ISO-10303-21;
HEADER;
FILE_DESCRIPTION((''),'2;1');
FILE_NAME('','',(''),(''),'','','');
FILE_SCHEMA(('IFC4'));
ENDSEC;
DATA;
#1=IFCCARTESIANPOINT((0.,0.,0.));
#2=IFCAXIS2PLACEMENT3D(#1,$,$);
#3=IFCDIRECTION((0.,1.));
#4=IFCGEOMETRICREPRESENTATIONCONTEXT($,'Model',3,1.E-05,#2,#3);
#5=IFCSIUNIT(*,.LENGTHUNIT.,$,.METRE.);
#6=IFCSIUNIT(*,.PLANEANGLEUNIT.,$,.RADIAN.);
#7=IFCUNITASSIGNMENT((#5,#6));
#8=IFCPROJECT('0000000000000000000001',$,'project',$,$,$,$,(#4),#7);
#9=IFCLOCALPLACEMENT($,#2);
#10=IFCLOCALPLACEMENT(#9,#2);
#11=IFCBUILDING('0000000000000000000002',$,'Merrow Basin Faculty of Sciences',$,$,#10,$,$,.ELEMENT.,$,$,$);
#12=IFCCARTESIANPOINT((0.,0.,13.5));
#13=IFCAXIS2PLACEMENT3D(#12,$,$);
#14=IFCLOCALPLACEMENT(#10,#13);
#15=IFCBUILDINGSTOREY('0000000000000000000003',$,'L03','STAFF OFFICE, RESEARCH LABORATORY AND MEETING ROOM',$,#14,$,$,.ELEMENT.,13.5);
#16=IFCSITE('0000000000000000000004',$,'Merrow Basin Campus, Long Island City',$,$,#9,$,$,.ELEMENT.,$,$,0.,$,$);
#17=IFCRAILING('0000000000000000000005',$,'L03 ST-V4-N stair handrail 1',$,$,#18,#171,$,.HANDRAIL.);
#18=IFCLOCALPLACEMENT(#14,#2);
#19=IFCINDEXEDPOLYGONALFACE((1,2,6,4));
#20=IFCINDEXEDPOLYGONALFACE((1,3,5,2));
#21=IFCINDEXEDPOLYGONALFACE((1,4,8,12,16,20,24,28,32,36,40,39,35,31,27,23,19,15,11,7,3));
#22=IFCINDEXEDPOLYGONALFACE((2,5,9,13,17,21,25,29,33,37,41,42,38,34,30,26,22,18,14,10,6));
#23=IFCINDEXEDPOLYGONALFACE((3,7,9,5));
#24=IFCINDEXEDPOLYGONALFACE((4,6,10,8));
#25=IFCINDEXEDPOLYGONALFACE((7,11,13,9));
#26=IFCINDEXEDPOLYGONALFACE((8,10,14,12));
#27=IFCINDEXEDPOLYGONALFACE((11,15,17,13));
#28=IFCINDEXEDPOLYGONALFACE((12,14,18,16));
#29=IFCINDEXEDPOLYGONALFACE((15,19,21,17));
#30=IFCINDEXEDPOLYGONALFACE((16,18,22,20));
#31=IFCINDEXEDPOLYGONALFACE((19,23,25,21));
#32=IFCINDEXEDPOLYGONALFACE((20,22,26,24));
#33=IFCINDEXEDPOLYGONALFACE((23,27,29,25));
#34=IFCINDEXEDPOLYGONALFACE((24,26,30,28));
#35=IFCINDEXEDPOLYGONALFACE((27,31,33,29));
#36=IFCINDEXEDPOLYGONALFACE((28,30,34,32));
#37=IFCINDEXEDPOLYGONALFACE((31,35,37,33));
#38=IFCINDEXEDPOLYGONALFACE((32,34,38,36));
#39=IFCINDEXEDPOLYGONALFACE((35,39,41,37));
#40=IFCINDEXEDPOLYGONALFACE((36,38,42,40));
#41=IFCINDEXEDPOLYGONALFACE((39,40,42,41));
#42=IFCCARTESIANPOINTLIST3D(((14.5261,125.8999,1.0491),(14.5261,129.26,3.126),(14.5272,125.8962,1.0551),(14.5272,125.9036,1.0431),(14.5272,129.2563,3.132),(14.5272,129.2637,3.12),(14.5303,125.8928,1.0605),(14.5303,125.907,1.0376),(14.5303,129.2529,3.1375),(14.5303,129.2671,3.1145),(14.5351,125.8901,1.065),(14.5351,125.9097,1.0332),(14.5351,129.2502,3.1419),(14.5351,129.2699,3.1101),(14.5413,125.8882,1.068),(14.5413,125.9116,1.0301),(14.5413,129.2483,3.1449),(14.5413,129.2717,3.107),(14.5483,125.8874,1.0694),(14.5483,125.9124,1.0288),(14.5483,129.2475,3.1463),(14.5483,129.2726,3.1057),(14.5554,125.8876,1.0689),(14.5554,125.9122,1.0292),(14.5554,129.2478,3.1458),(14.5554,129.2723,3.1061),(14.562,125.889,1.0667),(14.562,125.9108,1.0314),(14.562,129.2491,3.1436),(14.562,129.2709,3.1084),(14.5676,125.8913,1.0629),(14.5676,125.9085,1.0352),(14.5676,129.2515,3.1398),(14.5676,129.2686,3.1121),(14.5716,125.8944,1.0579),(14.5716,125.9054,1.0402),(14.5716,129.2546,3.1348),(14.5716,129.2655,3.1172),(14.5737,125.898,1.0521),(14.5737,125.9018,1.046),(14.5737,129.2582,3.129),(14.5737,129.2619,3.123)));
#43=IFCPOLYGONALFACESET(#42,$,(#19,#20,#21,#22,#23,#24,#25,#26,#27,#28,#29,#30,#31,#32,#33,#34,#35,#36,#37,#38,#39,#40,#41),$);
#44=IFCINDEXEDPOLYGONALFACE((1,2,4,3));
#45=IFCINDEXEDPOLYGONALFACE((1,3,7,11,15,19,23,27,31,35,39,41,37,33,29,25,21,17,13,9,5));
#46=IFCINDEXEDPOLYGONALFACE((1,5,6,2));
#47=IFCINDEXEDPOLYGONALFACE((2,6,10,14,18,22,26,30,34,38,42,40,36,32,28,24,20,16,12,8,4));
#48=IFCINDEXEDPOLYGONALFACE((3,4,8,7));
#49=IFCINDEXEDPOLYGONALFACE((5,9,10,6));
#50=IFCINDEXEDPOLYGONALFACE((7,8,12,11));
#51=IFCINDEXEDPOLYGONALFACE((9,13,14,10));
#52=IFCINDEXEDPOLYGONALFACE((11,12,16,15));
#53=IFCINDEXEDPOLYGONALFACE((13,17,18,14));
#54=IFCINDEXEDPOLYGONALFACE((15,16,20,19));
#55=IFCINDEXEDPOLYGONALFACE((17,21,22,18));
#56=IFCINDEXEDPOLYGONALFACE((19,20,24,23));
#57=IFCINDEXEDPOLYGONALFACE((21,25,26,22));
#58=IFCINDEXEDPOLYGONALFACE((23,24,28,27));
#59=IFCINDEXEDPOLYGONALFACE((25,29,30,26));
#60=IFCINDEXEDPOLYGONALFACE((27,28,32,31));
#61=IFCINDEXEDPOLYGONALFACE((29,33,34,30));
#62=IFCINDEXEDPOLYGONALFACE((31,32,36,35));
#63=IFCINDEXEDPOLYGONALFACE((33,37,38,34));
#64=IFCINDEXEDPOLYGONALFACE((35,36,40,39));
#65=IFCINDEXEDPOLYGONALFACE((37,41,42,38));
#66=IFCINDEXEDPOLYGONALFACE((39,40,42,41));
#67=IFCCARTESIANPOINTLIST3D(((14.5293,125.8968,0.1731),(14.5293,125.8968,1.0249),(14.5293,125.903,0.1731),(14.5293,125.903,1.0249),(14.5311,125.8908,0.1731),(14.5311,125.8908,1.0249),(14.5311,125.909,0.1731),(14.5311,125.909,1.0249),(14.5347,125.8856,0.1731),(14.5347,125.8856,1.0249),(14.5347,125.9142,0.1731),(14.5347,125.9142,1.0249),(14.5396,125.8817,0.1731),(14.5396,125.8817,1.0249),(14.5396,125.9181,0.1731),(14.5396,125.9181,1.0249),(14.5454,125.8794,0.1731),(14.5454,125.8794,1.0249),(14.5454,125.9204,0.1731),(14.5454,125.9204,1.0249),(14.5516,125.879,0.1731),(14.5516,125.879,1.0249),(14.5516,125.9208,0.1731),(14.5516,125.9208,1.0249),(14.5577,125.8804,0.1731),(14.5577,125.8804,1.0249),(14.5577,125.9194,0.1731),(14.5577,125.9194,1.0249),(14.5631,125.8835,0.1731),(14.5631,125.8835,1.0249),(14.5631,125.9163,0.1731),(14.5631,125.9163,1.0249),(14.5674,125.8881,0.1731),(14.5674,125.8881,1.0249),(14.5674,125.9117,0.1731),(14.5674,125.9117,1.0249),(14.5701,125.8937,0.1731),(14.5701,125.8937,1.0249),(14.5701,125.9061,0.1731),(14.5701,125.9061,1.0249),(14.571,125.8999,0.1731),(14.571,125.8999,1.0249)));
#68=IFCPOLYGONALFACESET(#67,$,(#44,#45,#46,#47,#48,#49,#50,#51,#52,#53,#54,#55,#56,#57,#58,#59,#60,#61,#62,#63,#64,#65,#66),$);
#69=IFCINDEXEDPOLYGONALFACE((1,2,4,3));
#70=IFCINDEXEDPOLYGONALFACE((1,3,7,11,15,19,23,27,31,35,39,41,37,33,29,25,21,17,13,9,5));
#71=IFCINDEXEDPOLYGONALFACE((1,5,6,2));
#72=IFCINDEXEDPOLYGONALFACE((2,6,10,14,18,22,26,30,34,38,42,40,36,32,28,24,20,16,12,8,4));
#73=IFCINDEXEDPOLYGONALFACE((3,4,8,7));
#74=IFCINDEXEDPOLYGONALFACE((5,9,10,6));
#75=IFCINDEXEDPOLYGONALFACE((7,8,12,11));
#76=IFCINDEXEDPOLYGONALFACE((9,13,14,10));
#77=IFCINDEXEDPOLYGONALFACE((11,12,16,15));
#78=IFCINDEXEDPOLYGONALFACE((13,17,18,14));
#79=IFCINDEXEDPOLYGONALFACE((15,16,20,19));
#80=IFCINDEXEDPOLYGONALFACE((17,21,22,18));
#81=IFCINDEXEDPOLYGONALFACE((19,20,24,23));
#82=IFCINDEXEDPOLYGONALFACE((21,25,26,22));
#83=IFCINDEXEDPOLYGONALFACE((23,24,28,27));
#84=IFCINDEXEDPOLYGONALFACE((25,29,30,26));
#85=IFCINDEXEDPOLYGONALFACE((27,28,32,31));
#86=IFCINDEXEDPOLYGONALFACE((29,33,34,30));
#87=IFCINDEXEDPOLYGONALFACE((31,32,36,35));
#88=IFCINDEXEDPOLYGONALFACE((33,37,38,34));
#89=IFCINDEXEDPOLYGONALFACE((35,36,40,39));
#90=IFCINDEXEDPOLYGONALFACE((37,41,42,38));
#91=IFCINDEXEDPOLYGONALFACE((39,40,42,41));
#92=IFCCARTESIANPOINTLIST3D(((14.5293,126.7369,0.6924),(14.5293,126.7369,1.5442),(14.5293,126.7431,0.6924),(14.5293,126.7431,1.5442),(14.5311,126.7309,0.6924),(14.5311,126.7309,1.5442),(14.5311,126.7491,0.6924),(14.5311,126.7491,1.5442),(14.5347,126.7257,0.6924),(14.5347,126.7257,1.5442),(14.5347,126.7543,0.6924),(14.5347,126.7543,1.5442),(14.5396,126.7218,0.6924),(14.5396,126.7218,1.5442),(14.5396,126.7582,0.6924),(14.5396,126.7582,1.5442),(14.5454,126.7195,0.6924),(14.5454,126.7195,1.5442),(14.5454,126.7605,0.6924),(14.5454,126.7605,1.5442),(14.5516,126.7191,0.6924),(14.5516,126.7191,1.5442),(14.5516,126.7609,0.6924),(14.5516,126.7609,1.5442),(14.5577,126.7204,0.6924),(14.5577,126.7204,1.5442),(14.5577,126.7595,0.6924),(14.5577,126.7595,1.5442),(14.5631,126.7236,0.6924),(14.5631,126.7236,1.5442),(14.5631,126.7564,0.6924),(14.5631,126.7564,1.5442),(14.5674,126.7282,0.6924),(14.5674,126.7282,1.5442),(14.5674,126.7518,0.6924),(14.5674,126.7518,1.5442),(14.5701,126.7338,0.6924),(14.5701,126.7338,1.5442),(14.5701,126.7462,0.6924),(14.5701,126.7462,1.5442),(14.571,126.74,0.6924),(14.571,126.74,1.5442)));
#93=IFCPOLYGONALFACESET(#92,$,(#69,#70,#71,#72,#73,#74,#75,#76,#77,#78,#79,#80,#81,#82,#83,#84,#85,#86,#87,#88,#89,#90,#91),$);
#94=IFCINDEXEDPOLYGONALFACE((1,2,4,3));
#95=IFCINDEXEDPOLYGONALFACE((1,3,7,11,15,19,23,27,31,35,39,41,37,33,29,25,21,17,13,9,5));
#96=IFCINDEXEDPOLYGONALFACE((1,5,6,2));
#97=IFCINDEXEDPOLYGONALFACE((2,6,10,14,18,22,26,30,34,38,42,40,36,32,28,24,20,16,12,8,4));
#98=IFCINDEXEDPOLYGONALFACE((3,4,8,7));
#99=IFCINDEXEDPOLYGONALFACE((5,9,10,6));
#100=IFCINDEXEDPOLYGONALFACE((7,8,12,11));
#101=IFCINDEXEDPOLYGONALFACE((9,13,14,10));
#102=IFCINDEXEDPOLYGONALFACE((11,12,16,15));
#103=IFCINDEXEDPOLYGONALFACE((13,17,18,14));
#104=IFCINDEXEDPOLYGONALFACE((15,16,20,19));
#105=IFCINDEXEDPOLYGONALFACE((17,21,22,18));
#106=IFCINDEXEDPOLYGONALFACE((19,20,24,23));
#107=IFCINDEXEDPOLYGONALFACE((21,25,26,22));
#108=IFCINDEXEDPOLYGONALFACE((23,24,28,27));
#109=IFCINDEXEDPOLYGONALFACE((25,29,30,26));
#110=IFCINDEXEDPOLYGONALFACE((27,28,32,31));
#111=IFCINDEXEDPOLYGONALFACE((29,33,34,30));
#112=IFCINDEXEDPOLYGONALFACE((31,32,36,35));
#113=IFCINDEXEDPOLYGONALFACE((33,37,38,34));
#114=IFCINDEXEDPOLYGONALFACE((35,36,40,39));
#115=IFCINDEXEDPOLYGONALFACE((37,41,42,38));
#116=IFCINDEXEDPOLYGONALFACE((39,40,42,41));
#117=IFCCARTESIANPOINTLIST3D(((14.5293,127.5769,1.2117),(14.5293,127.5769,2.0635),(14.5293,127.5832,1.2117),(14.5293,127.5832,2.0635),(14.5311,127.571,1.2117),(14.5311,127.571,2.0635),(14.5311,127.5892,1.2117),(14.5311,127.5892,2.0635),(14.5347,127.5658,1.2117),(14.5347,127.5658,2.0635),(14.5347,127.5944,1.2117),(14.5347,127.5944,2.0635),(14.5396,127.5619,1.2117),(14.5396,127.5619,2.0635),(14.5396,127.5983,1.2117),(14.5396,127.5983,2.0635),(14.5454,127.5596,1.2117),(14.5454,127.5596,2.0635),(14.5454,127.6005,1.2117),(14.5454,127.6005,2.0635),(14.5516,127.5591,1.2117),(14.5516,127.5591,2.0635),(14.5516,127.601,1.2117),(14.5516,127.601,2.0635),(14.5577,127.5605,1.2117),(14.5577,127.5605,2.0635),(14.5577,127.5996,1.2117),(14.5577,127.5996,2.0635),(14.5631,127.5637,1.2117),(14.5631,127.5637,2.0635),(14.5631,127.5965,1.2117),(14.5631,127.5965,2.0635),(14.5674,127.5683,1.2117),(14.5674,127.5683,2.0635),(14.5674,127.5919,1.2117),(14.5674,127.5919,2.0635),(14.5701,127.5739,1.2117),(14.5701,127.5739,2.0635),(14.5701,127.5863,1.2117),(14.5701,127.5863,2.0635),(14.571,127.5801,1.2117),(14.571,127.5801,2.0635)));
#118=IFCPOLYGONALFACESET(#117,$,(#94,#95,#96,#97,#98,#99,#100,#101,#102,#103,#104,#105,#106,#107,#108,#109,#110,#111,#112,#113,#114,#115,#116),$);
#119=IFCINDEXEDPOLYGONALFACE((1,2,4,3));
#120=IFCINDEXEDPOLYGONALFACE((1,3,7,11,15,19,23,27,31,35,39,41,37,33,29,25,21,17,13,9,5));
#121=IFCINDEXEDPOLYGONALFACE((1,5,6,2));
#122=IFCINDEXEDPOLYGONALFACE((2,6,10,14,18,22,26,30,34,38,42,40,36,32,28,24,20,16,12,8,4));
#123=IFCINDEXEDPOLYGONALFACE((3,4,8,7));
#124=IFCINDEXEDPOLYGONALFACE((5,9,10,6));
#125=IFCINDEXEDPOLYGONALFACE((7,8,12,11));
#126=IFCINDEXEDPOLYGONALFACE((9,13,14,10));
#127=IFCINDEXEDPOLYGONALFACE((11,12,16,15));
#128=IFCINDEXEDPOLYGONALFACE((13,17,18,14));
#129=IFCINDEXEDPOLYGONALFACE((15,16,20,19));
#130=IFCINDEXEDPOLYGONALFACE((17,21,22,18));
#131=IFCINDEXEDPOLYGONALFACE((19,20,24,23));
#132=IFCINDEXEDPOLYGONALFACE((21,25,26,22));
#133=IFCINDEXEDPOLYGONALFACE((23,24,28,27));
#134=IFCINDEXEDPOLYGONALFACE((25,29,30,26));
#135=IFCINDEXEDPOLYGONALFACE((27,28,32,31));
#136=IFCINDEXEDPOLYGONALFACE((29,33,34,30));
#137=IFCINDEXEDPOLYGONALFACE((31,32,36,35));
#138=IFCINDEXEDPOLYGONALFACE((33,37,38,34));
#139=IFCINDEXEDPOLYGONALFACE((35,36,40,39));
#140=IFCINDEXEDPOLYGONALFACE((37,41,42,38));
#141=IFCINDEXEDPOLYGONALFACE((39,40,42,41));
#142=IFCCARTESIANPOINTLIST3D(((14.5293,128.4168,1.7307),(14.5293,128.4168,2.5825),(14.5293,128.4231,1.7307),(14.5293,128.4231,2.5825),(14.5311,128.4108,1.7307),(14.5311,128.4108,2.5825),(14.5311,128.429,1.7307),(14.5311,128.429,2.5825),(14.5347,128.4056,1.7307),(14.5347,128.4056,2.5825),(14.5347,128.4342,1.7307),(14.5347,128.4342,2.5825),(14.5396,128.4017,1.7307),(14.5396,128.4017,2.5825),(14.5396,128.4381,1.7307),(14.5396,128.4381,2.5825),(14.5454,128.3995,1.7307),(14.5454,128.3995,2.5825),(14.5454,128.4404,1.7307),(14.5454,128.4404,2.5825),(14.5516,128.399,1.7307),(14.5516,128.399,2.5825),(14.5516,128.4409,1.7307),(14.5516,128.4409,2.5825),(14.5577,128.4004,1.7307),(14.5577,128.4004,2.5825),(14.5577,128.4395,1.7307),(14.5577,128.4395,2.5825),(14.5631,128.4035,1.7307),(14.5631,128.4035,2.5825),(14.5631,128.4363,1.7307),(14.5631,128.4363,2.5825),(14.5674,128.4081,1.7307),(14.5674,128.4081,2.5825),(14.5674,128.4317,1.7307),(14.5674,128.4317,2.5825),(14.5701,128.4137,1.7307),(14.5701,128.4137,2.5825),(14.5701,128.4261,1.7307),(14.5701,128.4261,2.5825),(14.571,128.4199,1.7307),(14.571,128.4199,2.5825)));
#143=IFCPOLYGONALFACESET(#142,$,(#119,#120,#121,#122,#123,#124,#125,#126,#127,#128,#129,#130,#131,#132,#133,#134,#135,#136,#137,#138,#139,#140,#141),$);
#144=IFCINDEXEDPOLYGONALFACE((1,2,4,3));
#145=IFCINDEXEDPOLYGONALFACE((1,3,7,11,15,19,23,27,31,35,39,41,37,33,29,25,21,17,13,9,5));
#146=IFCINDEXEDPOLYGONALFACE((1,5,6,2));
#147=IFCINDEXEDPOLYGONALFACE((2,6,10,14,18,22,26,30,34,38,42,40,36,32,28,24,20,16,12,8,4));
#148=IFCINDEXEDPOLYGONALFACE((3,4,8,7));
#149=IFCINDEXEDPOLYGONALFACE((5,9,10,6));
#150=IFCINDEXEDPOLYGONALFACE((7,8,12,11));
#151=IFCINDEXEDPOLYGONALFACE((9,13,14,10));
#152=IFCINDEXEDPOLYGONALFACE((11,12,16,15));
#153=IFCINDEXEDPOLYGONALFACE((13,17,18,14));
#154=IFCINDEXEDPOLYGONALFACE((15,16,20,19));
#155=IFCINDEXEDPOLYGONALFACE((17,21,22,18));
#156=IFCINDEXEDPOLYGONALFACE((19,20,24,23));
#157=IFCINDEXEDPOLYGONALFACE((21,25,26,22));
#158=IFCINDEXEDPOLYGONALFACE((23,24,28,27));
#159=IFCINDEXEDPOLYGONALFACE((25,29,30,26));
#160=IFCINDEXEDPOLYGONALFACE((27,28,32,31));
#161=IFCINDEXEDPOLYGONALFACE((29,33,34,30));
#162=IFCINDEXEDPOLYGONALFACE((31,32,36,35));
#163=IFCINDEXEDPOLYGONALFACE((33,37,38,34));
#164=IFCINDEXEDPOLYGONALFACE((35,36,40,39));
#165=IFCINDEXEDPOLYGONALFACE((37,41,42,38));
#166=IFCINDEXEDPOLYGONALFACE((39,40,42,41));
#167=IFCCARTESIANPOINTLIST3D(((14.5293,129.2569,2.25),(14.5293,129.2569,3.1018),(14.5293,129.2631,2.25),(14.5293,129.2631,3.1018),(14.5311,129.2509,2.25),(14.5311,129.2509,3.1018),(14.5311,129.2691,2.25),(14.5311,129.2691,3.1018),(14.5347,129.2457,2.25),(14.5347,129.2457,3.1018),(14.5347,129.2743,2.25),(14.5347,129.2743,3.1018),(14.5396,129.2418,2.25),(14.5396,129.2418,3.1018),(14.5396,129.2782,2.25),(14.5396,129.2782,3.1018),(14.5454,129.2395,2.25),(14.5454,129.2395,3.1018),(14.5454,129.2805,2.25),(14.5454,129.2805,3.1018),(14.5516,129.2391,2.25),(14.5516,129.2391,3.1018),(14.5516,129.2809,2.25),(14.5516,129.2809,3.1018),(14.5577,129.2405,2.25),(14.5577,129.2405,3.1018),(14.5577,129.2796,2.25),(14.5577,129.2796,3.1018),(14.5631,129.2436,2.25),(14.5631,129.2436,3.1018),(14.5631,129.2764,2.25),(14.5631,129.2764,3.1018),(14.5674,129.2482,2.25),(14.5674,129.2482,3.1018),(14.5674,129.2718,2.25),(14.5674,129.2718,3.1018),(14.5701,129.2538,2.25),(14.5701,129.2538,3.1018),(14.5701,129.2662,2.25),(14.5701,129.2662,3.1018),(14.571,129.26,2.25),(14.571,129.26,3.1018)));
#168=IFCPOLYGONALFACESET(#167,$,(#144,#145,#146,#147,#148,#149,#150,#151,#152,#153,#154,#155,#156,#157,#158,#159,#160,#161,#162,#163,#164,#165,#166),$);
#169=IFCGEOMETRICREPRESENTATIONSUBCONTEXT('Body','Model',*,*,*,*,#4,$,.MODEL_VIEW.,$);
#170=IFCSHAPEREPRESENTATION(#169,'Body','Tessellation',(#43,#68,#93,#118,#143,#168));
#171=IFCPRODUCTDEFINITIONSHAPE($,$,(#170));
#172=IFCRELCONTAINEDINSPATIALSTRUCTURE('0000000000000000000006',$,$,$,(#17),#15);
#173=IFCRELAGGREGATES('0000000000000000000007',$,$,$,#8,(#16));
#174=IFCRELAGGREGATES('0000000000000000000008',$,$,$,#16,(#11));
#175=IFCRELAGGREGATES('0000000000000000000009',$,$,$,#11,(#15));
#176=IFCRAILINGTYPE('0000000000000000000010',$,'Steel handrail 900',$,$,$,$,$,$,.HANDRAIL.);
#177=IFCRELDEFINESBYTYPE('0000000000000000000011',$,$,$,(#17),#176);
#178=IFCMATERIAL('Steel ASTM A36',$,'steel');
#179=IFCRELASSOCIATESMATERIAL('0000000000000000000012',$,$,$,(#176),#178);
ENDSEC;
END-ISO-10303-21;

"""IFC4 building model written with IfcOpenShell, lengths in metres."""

from ifc_helpers import new_model, si_unit, direction, frame, origin, origin_2d, place, context, subcontext, project, spatial, circle, extrude, material, type_object, element, save


model = new_model("IFC4")

# Units and contexts
model_context = context("Model", 3, precision=1e-05, world=origin(), true_north=direction((0.0, 1.0)))
body_context = subcontext(model_context, "Body", "Model", "MODEL_VIEW")
ifc_project = project(units=[si_unit("LENGTHUNIT", "METRE"), si_unit("PLANEANGLEUNIT", "RADIAN")], contexts=[model_context])

# Site, building, storey
site_placement = place(None, origin())
site = spatial("IfcSite", under=ifc_project, at=site_placement, Name="Merrow Basin Campus, Long Island City", CompositionType="ELEMENT", RefElevation=0.0)
building_placement = place(site_placement, origin())
building = spatial("IfcBuilding", under=site, at=building_placement, Name="Merrow Basin Faculty of Sciences", CompositionType="ELEMENT")
storey_placement = place(building_placement, frame((0.0, 0.0, 13.5)))
storey = spatial("IfcBuildingStorey", under=building, at=storey_placement, Name="L03", Description="STAFF OFFICE, RESEARCH LABORATORY AND MEETING ROOM", CompositionType="ELEMENT", Elevation=13.5)

# Railing
ifc_material_1 = material(Name="Steel ASTM A36", Category="steel")
railing_type_1 = type_object("IfcRailingType", Name="Steel handrail 900", PredefinedType="HANDRAIL", material=ifc_material_1)
railing_1_placement = place(storey_placement, frame((14.55, 125.8999, 0.1731)))
element("IfcRailing", 1, at=railing_1_placement, inside=storey, type_object=railing_type_1, Name="L03 ST-V4-N stair handrail 1", PredefinedType="HANDRAIL", context=body_context, shape_type="SweptSolid", body=[
    extrude(circle(Radius=0.0239, at=origin_2d()), frame((0.0, 0.0, 0.876), z_axis=(0.0, 0.850623, 0.525776), x_axis=(-1.0, 0.0, 0.0)), (0.0, 0.0, 1.0), 3.9502),
    extrude(circle(Radius=0.021, at=origin_2d()), origin(), (0.0, 0.0, 1.0), 0.8518),
    extrude(circle(Radius=0.021, at=origin_2d()), frame((0.0, 0.8401, 0.5193)), (0.0, 0.0, 1.0), 0.8518),
    extrude(circle(Radius=0.021, at=origin_2d()), frame((0.0, 1.6802, 1.0386)), (0.0, 0.0, 1.0), 0.8518),
    extrude(circle(Radius=0.021, at=origin_2d()), frame((0.0, 2.52, 1.5576)), (0.0, 0.0, 1.0), 0.8518),
    extrude(circle(Radius=0.021, at=origin_2d()), frame((0.0, 3.3601, 2.0769)), (0.0, 0.0, 1.0), 0.8518),
])

save(model, "model.ifc")
